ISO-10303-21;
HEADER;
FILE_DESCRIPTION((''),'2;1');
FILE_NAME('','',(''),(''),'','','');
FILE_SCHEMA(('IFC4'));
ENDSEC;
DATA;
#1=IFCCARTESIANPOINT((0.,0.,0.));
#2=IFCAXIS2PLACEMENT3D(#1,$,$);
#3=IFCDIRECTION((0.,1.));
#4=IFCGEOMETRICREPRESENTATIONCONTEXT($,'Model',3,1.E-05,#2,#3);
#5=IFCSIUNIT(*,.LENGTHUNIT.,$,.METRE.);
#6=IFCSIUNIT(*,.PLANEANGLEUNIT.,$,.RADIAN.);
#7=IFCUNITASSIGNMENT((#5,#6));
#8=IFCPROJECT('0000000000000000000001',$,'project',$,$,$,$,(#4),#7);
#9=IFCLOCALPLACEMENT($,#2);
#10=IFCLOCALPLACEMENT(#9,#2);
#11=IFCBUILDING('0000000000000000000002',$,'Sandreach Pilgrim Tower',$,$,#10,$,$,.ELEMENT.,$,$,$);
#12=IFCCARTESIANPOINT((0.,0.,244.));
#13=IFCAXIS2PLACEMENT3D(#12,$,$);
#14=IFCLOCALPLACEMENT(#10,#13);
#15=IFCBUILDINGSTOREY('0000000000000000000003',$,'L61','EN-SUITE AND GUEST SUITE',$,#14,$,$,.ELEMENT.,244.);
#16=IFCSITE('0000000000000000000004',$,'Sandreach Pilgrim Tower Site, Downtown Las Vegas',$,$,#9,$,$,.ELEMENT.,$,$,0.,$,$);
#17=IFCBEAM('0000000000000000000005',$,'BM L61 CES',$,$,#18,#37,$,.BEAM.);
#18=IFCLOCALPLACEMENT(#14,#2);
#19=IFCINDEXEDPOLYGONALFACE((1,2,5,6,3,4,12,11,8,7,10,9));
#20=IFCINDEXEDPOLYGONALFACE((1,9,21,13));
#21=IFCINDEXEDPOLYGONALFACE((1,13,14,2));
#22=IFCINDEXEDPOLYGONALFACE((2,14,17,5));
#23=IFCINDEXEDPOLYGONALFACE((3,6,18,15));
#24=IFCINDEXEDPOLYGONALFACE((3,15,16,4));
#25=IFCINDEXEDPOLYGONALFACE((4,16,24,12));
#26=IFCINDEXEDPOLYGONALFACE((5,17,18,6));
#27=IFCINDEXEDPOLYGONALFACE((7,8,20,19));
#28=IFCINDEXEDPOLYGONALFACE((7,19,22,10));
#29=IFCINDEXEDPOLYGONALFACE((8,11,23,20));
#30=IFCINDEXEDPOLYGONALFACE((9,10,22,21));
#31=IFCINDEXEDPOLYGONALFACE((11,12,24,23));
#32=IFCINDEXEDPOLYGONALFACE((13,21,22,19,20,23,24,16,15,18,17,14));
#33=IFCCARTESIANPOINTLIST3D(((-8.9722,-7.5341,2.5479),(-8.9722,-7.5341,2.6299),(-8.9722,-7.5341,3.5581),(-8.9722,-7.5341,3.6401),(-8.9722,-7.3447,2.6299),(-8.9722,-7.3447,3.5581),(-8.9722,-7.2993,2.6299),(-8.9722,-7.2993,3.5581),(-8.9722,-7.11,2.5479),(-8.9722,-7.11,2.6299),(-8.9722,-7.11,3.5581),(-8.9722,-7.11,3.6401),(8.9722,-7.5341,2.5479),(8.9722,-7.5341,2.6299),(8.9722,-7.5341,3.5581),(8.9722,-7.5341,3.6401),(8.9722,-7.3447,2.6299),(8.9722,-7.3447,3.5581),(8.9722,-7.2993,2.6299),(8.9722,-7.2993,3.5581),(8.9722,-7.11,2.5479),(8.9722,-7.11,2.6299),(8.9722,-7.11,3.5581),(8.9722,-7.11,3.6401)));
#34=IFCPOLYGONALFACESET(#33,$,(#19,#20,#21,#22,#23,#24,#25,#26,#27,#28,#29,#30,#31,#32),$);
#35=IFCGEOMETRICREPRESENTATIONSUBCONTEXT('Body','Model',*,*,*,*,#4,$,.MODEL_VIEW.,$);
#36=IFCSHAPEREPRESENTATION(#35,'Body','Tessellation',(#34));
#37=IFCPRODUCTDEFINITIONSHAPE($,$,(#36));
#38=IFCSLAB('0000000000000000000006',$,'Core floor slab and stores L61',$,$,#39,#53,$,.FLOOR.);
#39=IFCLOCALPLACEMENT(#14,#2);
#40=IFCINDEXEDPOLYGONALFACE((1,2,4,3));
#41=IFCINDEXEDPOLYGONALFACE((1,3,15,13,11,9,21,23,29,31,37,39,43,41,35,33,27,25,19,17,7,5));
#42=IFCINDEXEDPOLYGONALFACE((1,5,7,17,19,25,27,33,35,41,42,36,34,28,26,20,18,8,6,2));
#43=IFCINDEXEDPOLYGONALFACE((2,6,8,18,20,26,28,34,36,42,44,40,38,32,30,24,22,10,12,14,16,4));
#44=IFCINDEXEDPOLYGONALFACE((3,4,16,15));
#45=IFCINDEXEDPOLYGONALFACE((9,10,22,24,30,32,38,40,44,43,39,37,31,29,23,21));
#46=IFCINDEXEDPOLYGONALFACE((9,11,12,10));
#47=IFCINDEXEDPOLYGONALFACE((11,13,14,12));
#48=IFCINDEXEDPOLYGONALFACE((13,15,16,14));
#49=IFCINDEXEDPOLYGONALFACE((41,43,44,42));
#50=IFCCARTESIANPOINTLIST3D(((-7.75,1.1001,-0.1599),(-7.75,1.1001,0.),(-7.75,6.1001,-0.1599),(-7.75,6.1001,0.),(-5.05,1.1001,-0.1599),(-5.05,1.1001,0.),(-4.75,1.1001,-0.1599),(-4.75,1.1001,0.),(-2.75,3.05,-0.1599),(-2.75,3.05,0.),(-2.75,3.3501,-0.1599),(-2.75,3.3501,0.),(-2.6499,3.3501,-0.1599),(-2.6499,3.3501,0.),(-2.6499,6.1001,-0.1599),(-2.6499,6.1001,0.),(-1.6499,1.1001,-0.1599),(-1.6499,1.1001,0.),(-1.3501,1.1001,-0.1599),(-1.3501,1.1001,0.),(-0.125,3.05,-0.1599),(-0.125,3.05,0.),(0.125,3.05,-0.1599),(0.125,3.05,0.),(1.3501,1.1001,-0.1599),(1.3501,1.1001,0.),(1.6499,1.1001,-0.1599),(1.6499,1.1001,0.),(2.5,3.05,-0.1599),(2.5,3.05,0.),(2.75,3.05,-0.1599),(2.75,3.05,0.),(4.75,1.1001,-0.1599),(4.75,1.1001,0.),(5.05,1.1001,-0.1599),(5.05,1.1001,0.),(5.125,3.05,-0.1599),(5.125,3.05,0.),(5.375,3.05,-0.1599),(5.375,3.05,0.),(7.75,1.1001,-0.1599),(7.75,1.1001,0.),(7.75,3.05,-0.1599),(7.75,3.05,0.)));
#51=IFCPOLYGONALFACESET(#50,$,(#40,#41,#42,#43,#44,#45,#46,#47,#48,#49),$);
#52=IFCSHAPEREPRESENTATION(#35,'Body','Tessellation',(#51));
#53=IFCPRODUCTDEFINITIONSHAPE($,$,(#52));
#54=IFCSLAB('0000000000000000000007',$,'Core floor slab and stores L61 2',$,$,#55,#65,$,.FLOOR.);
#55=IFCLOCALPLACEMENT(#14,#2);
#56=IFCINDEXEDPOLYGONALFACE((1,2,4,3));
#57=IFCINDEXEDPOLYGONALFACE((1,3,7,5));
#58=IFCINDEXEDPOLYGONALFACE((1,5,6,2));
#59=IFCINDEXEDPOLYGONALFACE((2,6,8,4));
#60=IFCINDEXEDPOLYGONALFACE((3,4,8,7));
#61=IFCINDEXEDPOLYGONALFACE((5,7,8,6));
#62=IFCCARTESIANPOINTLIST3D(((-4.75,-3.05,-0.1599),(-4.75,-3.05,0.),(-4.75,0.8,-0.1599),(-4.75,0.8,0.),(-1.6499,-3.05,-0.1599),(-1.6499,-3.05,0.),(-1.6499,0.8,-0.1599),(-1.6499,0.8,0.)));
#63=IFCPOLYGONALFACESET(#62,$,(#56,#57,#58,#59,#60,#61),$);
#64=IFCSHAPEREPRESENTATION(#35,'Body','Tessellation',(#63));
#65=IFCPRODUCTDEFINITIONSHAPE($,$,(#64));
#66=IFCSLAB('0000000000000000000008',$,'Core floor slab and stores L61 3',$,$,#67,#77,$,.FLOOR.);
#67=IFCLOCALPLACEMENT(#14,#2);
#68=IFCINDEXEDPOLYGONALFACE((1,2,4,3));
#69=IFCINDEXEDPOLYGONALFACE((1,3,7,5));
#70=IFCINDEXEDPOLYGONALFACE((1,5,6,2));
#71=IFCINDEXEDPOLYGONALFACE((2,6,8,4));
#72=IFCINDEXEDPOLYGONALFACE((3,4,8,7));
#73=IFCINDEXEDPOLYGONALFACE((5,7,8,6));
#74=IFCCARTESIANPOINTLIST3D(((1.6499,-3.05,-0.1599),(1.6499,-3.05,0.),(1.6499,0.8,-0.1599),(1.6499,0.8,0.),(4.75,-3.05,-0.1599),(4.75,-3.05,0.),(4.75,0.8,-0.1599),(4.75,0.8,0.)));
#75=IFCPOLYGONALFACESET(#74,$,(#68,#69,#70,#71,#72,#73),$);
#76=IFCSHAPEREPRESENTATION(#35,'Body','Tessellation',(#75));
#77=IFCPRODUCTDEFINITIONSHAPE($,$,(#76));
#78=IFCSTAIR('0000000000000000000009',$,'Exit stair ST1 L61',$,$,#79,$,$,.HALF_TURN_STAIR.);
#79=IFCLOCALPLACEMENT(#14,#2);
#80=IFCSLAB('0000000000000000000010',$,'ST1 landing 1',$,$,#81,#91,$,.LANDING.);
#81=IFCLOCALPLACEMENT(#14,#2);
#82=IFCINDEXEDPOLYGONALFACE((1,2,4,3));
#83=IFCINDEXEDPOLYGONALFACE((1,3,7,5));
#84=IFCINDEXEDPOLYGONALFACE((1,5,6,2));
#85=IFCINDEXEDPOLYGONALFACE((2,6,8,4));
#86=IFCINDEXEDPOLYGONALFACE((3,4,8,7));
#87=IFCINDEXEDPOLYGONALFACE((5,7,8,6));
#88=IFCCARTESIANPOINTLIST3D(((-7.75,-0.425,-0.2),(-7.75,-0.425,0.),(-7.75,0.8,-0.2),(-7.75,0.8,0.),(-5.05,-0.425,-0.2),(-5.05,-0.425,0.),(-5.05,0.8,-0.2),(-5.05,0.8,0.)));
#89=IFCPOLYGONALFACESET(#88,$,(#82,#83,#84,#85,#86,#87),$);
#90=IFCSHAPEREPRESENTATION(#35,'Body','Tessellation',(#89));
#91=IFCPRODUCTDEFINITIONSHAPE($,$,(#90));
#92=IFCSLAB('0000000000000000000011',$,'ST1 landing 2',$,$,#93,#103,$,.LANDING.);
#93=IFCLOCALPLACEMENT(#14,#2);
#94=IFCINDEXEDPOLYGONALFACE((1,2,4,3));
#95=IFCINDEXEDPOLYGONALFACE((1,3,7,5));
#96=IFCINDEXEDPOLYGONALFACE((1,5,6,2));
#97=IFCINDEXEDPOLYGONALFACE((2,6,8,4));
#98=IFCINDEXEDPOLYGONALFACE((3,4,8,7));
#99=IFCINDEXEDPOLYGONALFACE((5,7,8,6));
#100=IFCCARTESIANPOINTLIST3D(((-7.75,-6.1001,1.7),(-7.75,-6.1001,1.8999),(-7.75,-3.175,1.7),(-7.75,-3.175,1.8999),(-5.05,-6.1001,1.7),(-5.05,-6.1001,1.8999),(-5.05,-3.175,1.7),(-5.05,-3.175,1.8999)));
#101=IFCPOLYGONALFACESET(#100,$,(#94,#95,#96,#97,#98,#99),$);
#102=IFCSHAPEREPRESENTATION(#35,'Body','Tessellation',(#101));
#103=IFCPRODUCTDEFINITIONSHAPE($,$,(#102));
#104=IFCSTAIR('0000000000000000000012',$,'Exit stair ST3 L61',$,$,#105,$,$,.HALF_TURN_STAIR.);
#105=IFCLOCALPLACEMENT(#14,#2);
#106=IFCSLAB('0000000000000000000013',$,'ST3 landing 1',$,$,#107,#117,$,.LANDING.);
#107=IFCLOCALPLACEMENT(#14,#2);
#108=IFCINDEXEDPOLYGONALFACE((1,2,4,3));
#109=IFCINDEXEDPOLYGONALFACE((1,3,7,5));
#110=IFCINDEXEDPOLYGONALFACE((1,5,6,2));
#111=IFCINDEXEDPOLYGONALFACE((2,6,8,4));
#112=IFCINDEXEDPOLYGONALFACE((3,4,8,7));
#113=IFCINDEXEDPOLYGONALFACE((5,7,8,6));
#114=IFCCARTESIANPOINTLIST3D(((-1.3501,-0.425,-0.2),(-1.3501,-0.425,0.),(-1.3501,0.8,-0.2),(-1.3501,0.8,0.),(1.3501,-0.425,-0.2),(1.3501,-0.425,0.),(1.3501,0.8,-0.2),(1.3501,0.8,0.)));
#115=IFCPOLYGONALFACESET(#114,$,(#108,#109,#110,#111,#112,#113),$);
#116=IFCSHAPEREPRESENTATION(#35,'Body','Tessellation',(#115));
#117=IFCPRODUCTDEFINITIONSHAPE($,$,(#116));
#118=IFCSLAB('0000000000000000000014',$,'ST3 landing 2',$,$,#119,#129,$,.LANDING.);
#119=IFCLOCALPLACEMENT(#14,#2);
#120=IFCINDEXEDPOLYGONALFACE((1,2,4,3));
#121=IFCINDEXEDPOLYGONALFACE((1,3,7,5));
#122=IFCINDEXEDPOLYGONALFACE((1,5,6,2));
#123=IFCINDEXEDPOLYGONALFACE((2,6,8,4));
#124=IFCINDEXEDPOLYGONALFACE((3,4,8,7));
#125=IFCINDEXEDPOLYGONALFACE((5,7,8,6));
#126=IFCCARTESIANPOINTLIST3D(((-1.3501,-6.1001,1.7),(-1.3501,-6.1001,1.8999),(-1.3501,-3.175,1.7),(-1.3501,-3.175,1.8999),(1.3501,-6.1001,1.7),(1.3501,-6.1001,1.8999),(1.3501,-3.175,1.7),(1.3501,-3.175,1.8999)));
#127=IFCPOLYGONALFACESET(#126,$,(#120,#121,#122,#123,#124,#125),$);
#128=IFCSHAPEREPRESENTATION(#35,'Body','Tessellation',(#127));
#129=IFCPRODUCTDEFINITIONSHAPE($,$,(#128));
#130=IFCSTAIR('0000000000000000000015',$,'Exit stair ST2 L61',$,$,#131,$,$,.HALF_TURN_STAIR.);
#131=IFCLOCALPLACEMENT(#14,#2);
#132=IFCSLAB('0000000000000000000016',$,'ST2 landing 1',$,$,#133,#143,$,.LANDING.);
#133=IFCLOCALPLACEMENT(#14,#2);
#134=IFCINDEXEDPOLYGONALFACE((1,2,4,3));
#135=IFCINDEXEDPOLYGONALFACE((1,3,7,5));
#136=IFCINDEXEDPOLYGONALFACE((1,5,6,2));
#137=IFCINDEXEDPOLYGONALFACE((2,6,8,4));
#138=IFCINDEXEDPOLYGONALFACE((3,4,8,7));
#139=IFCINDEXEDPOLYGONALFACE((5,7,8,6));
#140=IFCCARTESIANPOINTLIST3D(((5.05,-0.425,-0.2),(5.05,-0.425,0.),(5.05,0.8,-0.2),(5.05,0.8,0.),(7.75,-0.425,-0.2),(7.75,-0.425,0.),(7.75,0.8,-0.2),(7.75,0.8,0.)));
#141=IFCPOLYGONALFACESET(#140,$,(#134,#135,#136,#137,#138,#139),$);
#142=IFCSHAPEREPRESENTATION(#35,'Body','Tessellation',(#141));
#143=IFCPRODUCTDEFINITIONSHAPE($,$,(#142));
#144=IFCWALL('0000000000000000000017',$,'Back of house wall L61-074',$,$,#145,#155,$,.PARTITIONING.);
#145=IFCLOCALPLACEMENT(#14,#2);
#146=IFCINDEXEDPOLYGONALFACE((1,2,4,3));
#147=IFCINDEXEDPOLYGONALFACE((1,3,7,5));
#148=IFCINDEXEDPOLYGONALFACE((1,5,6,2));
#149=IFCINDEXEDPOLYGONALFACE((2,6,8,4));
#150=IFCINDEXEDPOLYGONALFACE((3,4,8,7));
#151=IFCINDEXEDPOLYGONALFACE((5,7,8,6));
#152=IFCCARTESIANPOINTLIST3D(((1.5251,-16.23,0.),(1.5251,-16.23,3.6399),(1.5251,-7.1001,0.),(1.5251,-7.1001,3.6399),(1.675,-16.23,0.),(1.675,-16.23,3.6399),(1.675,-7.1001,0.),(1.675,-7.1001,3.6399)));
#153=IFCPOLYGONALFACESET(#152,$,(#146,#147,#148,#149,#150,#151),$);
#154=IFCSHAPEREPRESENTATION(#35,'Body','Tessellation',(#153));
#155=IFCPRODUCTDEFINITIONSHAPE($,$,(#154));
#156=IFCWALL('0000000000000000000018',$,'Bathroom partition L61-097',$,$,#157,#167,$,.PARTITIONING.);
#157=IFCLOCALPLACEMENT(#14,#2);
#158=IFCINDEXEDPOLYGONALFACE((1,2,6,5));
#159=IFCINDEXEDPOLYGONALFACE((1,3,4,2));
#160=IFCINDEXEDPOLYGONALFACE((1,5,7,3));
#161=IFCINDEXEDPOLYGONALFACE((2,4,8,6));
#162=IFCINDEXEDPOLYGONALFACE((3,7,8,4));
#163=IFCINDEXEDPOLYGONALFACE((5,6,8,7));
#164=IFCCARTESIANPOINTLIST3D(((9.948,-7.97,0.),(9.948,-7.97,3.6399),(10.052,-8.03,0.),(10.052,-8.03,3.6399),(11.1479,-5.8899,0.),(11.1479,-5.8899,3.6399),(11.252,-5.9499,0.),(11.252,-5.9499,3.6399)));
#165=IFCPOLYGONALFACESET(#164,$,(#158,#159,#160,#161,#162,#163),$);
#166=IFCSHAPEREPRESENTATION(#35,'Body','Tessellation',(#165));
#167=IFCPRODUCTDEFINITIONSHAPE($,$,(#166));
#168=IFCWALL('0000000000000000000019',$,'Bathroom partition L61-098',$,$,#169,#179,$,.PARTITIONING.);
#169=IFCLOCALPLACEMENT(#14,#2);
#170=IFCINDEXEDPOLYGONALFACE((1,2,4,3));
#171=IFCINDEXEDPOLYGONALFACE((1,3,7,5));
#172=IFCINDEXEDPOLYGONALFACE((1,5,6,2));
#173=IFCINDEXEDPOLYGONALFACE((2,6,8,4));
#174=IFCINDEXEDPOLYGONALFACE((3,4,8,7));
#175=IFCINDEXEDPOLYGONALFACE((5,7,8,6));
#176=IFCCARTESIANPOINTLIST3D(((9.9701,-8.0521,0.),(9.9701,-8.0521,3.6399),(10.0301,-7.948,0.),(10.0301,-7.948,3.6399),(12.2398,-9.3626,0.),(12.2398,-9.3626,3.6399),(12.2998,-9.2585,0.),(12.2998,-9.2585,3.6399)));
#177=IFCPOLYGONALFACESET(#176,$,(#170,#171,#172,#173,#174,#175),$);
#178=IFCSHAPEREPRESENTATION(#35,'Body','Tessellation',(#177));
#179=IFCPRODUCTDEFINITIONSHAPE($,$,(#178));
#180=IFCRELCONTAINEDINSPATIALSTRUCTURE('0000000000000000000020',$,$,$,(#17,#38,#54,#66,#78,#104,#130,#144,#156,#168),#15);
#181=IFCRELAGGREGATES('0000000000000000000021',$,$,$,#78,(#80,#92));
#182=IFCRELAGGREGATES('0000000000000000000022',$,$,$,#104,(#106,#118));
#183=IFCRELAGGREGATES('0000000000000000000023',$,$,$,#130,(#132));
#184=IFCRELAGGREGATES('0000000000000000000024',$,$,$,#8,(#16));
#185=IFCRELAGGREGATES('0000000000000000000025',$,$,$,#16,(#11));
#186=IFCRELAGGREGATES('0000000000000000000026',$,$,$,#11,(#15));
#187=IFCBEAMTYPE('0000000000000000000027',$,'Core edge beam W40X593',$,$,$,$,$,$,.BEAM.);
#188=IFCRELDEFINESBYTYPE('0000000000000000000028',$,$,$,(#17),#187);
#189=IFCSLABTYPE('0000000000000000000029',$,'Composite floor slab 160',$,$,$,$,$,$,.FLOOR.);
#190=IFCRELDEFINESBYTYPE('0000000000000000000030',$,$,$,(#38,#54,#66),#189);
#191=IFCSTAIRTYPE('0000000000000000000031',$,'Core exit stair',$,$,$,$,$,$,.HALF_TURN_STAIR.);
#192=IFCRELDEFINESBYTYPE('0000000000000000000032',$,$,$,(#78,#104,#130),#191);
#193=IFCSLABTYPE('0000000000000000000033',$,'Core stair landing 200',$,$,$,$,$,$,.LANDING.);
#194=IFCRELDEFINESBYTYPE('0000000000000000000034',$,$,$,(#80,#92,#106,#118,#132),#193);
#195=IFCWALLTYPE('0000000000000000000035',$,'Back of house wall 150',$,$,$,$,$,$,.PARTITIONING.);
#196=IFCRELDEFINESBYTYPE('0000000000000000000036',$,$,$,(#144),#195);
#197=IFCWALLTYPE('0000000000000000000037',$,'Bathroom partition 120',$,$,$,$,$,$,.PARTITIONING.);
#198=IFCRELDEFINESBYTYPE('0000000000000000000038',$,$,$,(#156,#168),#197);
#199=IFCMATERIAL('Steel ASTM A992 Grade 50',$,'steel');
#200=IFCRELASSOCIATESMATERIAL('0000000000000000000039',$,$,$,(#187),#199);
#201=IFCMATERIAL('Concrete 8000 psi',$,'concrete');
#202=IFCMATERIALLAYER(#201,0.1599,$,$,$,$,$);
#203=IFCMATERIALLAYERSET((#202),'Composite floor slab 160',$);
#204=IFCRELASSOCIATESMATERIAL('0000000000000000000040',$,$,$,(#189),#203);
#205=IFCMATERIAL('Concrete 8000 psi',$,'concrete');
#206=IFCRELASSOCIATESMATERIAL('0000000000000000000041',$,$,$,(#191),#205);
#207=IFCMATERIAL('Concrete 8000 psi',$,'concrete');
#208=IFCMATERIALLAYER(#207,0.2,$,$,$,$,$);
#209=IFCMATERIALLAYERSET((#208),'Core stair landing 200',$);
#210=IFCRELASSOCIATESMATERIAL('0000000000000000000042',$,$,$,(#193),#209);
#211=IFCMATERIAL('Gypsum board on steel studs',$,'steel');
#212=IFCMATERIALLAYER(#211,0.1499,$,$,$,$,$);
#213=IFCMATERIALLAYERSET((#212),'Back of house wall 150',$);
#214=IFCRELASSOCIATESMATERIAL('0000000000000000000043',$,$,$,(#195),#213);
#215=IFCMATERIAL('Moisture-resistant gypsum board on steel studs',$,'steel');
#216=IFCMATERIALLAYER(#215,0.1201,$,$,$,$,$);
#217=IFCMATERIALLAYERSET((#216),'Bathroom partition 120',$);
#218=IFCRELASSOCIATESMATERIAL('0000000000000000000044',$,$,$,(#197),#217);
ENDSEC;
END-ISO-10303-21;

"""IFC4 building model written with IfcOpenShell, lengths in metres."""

from ifc_helpers import new_model, si_unit, direction, frame, frame_2d, origin, origin_2d, place, context, subcontext, project, spatial, polyline, rectangle, i_section, outline, extrude, material, layer, layer_set, material_profile, profile_set, type_object, element, aggregate, save


model = new_model("IFC4")

# Units and contexts
model_context = context("Model", 3, precision=1e-05, world=origin(), true_north=direction((0.0, 1.0)))
body_context = subcontext(model_context, "Body", "Model", "MODEL_VIEW")
ifc_project = project(units=[si_unit("LENGTHUNIT", "METRE"), si_unit("PLANEANGLEUNIT", "RADIAN")], contexts=[model_context])

# Site, building, storey
site_placement = place(None, origin())
site = spatial("IfcSite", under=ifc_project, at=site_placement, Name="Sandreach Pilgrim Tower Site, Downtown Las Vegas", CompositionType="ELEMENT", RefElevation=0.0)
building_placement = place(site_placement, origin())
building = spatial("IfcBuilding", under=site, at=building_placement, Name="Sandreach Pilgrim Tower", CompositionType="ELEMENT")
storey_placement = place(building_placement, frame((0.0, 0.0, 244.0)))
storey = spatial("IfcBuildingStorey", under=building, at=storey_placement, Name="L61", Description="EN-SUITE AND GUEST SUITE", CompositionType="ELEMENT", Elevation=244.0)

# Beam
ifc_material_1 = material(Name="Steel ASTM A992 Grade 50", Category="steel")
ifc_material_profile = material_profile(ifc_material_1, i_section(OverallWidth=0.4241, OverallDepth=1.0923, WebThickness=0.0454, FlangeThickness=0.082, at=origin_2d()), Name="W40X593")
ifc_profile_set = profile_set([ifc_material_profile], Name="Steel ASTM A992 Grade 50")
beam_type = type_object("IfcBeamType", Name="Core edge beam W40X593", PredefinedType="BEAM", material=ifc_profile_set)
beam_placement = place(storey_placement, frame((8.9722, -7.322, 3.094), z_axis=(-1.0, 0.0, 0.0), x_axis=(0.0, -1.0, 0.0)))
element("IfcBeam", 1, at=beam_placement, inside=storey, type_object=beam_type, Name="BM L61 CES", PredefinedType="BEAM", context=body_context, shape_type="SweptSolid", body=[
    extrude(i_section(OverallWidth=0.4241, OverallDepth=1.0923, WebThickness=0.0454, FlangeThickness=0.082, at=origin_2d()), origin(), (0.0, 0.0, 1.0), 17.9443),
])

# Slabs
ifc_material_2 = material(Name="Concrete 8000 psi", Category="concrete")
ifc_layer_1 = layer(ifc_material_2, 0.1599)
ifc_layer_set_1 = layer_set([ifc_layer_1], Name="Composite floor slab 160")
slab_type_1 = type_object("IfcSlabType", Name="Composite floor slab 160", PredefinedType="FLOOR", material=ifc_layer_set_1)
slab_1_placement = place(storey_placement, frame((0.0, 0.0, -0.1599)))
element("IfcSlab", 2, at=slab_1_placement, inside=storey, type_object=slab_type_1, Name="Core floor slab and stores L61", PredefinedType="FLOOR", context=body_context, shape_type="SweptSolid", body=[
    extrude(outline(polyline([(-2.75, 3.3501), (-2.75, 3.05), (-0.125, 3.05), (0.125, 3.05), (2.5, 3.05), (2.75, 3.05), (5.125, 3.05), (5.375, 3.05), (7.75, 3.05), (7.75, 1.1001), (5.05, 1.1001), (4.75, 1.1001), (1.6499, 1.1001), (1.3501, 1.1001), (-1.3501, 1.1001), (-1.6499, 1.1001), (-4.75, 1.1001), (-5.05, 1.1001), (-7.75, 1.1001), (-7.75, 6.1001), (-2.6499, 6.1001), (-2.6499, 3.3501), (-2.75, 3.3501)])), origin(), (0.0, 0.0, 1.0), 0.1599),
])
slab_2_placement = place(storey_placement, frame((0.0, 0.0, -0.1599)))
element("IfcSlab", 3, at=slab_2_placement, inside=storey, type_object=slab_type_1, Name="Core floor slab and stores L61 2", PredefinedType="FLOOR", context=body_context, shape_type="SweptSolid", body=[
    extrude(outline(polyline([(-1.6499, -3.05), (-4.75, -3.05), (-4.75, 0.8), (-1.6499, 0.8), (-1.6499, -3.05)])), origin(), (0.0, 0.0, 1.0), 0.1599),
])
slab_3_placement = place(storey_placement, frame((0.0, 0.0, -0.1599)))
element("IfcSlab", 4, at=slab_3_placement, inside=storey, type_object=slab_type_1, Name="Core floor slab and stores L61 3", PredefinedType="FLOOR", context=body_context, shape_type="SweptSolid", body=[
    extrude(outline(polyline([(4.75, -3.05), (1.6499, -3.05), (1.6499, 0.8), (4.75, 0.8), (4.75, -3.05)])), origin(), (0.0, 0.0, 1.0), 0.1599),
])

# Stairs, slabs
ifc_material_3 = material(Name="Concrete 8000 psi", Category="concrete")
stair_type = type_object("IfcStairType", Name="Core exit stair", PredefinedType="HALF_TURN_STAIR", material=ifc_material_3)
stair_1_placement = place(storey_placement, origin())
stair_1 = element("IfcStair", 5, at=stair_1_placement, inside=storey, type_object=stair_type, Name="Exit stair ST1 L61", PredefinedType="HALF_TURN_STAIR")
ifc_material_4 = material(Name="Concrete 8000 psi", Category="concrete")
ifc_layer_2 = layer(ifc_material_4, 0.2)
ifc_layer_set_2 = layer_set([ifc_layer_2], Name="Core stair landing 200")
slab_type_2 = type_object("IfcSlabType", Name="Core stair landing 200", PredefinedType="LANDING", material=ifc_layer_set_2)
slab_4_placement = place(storey_placement, frame((0.0, 0.0, -0.2)))
slab_4 = element("IfcSlab", 6, at=slab_4_placement, type_object=slab_type_2, Name="ST1 landing 1", PredefinedType="LANDING", context=body_context, shape_type="SweptSolid", body=[
    extrude(outline(polyline([(-7.75, -0.425), (-5.05, -0.425), (-5.05, 0.8), (-7.75, 0.8), (-7.75, -0.425)])), origin(), (0.0, 0.0, 1.0), 0.2),
])
slab_5_placement = place(storey_placement, frame((0.0, 0.0, 1.7)))
slab_5 = element("IfcSlab", 7, at=slab_5_placement, type_object=slab_type_2, Name="ST1 landing 2", PredefinedType="LANDING", context=body_context, shape_type="SweptSolid", body=[
    extrude(outline(polyline([(-7.75, -6.1001), (-5.05, -6.1001), (-5.05, -3.175), (-7.75, -3.175), (-7.75, -6.1001)])), origin(), (0.0, 0.0, 1.0), 0.2),
])
aggregate(stair_1, [slab_4, slab_5])
stair_2_placement = place(storey_placement, origin())
stair_2 = element("IfcStair", 8, at=stair_2_placement, inside=storey, type_object=stair_type, Name="Exit stair ST3 L61", PredefinedType="HALF_TURN_STAIR")
slab_6_placement = place(storey_placement, frame((0.0, 0.0, -0.2)))
slab_6 = element("IfcSlab", 9, at=slab_6_placement, type_object=slab_type_2, Name="ST3 landing 1", PredefinedType="LANDING", context=body_context, shape_type="SweptSolid", body=[
    extrude(outline(polyline([(-1.3501, -0.425), (1.3501, -0.425), (1.3501, 0.8), (-1.3501, 0.8), (-1.3501, -0.425)])), origin(), (0.0, 0.0, 1.0), 0.2),
])
slab_7_placement = place(storey_placement, frame((0.0, 0.0, 1.7)))
slab_7 = element("IfcSlab", 10, at=slab_7_placement, type_object=slab_type_2, Name="ST3 landing 2", PredefinedType="LANDING", context=body_context, shape_type="SweptSolid", body=[
    extrude(outline(polyline([(-1.3501, -6.1001), (1.3501, -6.1001), (1.3501, -3.175), (-1.3501, -3.175), (-1.3501, -6.1001)])), origin(), (0.0, 0.0, 1.0), 0.2),
])

# Stair, slab
stair_3_placement = place(storey_placement, origin())
stair_3 = element("IfcStair", 11, at=stair_3_placement, inside=storey, type_object=stair_type, Name="Exit stair ST2 L61", PredefinedType="HALF_TURN_STAIR")
slab_8_placement = place(storey_placement, frame((0.0, 0.0, -0.2)))
slab_8 = element("IfcSlab", 12, at=slab_8_placement, type_object=slab_type_2, Name="ST2 landing 1", PredefinedType="LANDING", context=body_context, shape_type="SweptSolid", body=[
    extrude(outline(polyline([(5.05, -0.425), (7.75, -0.425), (7.75, 0.8), (5.05, 0.8), (5.05, -0.425)])), origin(), (0.0, 0.0, 1.0), 0.2),
])

# Walls
ifc_material_5 = material(Name="Gypsum board on steel studs", Category="steel")
ifc_layer_3 = layer(ifc_material_5, 0.1499)
ifc_layer_set_3 = layer_set([ifc_layer_3], Name="Back of house wall 150")
wall_type_1 = type_object("IfcWallType", Name="Back of house wall 150", PredefinedType="PARTITIONING", material=ifc_layer_set_3)
wall_1_placement = place(storey_placement, frame((1.6001, -7.1001, 0.0), z_axis=(0.0, 0.0, 1.0), x_axis=(0.0, -1.0, 0.0)))
element("IfcWall", 13, at=wall_1_placement, inside=storey, type_object=wall_type_1, Name="Back of house wall L61-074", PredefinedType="PARTITIONING", context=body_context, shape_type="SweptSolid", body=[
    extrude(rectangle(XDim=9.1299, YDim=0.1499, at=frame_2d((4.5649, 0.0))), origin(), (0.0, 0.0, 1.0), 3.6399),
])
ifc_material_6 = material(Name="Moisture-resistant gypsum board on steel studs", Category="steel")
ifc_layer_4 = layer(ifc_material_6, 0.1201)
ifc_layer_set_4 = layer_set([ifc_layer_4], Name="Bathroom partition 120")
wall_type_2 = type_object("IfcWallType", Name="Bathroom partition 120", PredefinedType="PARTITIONING", material=ifc_layer_set_4)
wall_2_placement = place(storey_placement, frame((10.0, -8.0, 0.0), z_axis=(0.0, 0.0, 1.0), x_axis=(0.499693, 0.866203, 0.0)))
element("IfcWall", 14, at=wall_2_placement, inside=storey, type_object=wall_type_2, Name="Bathroom partition L61-097", PredefinedType="PARTITIONING", context=body_context, shape_type="SweptSolid", body=[
    extrude(rectangle(XDim=2.4014, YDim=0.1201, at=frame_2d((1.2007, 0.0))), origin(), (0.0, 0.0, 1.0), 3.6399),
])
wall_3_placement = place(storey_placement, frame((10.0, -8.0, 0.0), z_axis=(0.0, 0.0, 1.0), x_axis=(0.86601, -0.500026, 0.0)))
element("IfcWall", 15, at=wall_3_placement, inside=storey, type_object=wall_type_2, Name="Bathroom partition L61-098", PredefinedType="PARTITIONING", context=body_context, shape_type="SweptSolid", body=[
    extrude(rectangle(XDim=2.6208, YDim=0.1201, at=frame_2d((1.3105, 0.0))), origin(), (0.0, 0.0, 1.0), 3.6399),
])

aggregate(stair_2, [slab_6, slab_7])
aggregate(stair_3, [slab_8])

save(model, "model.ifc")
